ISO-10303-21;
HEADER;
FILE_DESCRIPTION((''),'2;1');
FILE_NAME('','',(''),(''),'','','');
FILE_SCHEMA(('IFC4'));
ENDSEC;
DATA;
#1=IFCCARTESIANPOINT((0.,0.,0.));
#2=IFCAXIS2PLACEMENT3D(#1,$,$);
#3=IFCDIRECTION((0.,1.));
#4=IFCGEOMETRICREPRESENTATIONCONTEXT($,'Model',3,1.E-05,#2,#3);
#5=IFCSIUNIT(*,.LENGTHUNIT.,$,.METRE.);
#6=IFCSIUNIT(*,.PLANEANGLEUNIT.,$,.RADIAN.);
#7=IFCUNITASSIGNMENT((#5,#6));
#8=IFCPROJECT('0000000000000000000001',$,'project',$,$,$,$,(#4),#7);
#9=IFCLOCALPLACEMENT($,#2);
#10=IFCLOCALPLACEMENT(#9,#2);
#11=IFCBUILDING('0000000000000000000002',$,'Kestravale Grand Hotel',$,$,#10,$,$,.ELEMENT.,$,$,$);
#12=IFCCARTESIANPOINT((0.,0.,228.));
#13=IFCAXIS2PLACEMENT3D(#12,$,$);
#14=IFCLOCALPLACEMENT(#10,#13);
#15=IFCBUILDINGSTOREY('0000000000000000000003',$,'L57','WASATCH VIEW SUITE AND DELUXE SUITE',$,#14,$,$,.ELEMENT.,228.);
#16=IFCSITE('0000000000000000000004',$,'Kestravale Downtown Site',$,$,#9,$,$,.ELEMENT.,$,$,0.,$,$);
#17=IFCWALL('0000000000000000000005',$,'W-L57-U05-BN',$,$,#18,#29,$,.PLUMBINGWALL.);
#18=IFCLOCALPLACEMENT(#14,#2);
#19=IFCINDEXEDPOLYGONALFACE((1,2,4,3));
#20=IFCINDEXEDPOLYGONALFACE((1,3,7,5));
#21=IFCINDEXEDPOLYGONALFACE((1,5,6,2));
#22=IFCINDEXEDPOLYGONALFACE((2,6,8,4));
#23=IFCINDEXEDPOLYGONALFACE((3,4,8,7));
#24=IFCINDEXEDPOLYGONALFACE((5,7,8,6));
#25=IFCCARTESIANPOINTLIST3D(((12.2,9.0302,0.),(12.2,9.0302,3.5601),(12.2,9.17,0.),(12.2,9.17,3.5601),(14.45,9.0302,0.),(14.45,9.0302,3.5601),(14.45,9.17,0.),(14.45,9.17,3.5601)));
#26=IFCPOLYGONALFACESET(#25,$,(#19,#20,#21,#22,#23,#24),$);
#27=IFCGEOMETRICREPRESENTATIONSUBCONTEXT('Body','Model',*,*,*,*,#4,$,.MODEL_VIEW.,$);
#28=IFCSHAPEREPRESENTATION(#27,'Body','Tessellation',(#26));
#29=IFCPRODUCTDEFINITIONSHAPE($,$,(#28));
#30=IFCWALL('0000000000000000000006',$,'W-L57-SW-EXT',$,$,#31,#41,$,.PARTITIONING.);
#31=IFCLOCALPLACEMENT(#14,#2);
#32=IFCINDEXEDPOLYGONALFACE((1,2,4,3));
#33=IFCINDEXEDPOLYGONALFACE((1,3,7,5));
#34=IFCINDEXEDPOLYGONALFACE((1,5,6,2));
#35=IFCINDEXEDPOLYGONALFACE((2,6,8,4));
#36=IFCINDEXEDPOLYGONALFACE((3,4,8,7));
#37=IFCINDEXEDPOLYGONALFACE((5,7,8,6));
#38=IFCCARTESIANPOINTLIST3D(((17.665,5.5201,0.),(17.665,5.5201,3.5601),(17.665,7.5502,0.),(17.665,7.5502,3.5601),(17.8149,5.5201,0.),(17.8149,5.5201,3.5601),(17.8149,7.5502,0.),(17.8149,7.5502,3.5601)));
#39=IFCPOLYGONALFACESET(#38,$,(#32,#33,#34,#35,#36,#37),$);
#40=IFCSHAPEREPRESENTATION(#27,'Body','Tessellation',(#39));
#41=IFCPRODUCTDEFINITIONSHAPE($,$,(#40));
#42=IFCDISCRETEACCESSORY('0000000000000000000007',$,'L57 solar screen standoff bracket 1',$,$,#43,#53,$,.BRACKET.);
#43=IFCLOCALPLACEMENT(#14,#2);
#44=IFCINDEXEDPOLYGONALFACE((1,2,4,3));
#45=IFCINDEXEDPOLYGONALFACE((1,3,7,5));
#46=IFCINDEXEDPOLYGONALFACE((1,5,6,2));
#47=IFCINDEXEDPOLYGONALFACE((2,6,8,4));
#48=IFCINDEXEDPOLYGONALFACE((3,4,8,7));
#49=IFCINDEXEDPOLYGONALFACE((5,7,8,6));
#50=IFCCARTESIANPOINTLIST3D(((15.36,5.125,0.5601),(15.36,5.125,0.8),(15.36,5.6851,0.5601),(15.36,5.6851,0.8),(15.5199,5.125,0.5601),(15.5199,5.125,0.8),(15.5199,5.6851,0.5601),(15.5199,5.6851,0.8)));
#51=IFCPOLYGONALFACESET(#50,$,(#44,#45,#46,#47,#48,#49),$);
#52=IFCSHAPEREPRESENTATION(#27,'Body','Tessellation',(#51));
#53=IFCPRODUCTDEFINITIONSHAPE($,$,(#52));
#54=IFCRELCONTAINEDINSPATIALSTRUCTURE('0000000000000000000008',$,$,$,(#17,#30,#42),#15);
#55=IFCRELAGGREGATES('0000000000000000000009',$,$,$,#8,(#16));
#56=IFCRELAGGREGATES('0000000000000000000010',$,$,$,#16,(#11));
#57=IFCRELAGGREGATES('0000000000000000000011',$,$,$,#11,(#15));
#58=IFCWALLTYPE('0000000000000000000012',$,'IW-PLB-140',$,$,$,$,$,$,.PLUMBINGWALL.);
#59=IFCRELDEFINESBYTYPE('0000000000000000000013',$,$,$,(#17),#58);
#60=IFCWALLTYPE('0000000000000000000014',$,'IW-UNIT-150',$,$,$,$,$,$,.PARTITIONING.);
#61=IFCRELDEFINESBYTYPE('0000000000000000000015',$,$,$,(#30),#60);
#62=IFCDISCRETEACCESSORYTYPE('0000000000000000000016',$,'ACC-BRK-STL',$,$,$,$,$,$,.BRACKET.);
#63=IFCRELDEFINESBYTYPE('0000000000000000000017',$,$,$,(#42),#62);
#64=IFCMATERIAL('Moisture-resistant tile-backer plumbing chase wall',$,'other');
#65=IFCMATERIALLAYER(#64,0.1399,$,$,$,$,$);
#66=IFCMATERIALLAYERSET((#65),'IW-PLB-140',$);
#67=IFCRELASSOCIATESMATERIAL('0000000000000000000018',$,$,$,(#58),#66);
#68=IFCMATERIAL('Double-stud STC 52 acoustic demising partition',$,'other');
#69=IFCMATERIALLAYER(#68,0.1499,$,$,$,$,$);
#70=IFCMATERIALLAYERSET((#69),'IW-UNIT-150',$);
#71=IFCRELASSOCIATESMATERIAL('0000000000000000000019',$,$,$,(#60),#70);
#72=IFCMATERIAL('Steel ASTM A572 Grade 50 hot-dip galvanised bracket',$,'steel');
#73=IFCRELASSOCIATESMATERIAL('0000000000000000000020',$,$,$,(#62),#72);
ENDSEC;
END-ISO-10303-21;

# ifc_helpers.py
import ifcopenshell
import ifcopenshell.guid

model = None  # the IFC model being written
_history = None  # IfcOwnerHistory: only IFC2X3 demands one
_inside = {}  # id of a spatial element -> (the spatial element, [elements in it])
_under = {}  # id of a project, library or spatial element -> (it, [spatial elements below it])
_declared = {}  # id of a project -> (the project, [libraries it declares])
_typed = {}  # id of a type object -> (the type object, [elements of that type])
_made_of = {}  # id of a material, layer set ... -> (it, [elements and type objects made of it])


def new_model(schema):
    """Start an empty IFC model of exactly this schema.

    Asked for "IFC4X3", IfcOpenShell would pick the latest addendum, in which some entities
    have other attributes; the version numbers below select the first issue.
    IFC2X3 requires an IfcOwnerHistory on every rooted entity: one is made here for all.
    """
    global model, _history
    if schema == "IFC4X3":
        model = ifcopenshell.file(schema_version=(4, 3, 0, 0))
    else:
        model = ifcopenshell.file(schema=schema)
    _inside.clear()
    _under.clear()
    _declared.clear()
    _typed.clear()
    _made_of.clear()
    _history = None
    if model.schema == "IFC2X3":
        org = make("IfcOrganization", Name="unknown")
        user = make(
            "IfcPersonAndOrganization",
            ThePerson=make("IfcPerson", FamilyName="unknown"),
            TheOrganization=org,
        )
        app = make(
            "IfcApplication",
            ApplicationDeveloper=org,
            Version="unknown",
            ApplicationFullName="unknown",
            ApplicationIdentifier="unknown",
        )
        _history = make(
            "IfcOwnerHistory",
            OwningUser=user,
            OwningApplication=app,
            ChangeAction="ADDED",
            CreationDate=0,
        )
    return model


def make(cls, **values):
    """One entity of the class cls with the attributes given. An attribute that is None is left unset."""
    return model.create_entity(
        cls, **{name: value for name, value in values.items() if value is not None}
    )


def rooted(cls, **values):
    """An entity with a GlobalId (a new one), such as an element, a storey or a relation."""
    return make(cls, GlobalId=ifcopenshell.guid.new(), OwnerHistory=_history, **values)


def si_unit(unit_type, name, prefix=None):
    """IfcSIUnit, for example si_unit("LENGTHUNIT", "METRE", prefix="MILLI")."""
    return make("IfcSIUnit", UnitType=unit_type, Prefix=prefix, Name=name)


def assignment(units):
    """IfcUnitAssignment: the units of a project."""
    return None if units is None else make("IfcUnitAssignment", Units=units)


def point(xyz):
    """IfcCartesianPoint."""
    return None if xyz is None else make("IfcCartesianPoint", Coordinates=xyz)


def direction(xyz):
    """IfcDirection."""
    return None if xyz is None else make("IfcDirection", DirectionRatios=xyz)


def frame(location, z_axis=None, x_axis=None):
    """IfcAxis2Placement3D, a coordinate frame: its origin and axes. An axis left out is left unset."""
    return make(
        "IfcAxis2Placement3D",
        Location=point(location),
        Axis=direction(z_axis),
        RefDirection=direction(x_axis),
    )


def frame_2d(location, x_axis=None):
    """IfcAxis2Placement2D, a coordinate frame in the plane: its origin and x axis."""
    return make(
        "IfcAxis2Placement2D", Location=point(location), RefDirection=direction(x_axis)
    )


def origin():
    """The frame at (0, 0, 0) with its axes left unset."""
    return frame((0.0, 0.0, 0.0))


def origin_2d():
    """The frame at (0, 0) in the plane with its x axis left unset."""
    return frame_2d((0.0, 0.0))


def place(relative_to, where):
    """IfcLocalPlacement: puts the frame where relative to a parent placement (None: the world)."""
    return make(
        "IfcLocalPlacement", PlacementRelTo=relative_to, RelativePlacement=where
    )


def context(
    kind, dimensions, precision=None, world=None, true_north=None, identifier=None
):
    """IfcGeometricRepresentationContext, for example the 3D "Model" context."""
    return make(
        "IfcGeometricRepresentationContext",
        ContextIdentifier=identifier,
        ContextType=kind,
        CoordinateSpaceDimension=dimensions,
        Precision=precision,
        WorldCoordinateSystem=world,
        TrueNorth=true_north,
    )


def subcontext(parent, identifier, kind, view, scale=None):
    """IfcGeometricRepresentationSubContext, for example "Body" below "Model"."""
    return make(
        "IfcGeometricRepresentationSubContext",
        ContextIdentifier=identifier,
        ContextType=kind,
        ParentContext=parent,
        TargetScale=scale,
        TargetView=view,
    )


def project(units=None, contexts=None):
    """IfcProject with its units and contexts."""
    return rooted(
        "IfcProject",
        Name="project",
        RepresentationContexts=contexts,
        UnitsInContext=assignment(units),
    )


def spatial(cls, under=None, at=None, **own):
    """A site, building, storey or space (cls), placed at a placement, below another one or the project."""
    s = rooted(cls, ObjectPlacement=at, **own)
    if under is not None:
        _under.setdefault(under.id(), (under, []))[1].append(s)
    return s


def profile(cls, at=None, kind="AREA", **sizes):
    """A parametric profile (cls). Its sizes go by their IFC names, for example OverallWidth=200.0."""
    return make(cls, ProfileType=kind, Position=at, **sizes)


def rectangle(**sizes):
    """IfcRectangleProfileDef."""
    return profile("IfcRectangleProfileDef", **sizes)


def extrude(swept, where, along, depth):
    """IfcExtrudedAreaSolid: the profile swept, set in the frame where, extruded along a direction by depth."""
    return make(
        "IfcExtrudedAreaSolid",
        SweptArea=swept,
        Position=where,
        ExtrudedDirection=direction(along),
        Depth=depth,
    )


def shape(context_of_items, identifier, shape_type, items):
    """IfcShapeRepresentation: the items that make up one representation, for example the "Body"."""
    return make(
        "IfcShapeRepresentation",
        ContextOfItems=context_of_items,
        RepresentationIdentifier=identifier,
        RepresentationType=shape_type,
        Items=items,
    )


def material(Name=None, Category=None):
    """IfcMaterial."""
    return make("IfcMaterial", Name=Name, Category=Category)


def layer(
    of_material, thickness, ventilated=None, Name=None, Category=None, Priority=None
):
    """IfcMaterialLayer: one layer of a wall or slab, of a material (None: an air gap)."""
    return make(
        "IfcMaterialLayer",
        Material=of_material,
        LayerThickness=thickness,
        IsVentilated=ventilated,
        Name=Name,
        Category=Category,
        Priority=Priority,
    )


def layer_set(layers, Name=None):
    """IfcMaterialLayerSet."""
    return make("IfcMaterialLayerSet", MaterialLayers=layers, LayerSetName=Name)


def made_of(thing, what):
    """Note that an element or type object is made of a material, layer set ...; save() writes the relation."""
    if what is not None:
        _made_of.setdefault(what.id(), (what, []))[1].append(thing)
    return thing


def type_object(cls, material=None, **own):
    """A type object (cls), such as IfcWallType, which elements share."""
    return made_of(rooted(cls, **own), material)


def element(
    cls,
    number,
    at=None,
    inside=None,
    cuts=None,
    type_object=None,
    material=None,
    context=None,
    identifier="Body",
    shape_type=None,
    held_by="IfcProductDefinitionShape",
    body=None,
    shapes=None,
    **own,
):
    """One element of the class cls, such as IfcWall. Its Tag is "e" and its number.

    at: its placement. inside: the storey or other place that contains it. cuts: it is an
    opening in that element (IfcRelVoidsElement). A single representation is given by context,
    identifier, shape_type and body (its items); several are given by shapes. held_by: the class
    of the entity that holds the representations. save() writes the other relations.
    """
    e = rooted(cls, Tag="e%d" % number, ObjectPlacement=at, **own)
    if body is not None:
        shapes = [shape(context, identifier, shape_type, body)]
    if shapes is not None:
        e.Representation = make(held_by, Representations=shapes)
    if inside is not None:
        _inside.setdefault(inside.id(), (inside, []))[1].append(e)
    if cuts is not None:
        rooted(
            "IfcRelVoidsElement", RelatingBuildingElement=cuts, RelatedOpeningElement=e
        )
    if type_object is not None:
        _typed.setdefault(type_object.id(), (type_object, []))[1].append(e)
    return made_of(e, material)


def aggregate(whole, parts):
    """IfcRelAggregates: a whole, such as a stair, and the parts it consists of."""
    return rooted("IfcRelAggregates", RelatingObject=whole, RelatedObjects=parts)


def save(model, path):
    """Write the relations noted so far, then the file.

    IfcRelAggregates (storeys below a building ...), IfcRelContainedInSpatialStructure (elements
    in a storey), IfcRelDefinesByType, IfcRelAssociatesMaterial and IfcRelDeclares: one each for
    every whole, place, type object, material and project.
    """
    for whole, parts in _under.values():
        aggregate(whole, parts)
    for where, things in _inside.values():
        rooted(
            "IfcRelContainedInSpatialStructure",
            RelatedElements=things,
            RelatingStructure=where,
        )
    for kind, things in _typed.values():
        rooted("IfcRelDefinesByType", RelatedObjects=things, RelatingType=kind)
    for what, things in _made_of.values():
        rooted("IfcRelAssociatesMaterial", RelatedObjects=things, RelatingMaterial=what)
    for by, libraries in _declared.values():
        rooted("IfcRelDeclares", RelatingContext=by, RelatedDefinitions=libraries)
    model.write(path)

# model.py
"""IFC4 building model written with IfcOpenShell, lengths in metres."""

from ifc_helpers import new_model, si_unit, direction, frame, frame_2d, origin, origin_2d, place, context, subcontext, project, spatial, rectangle, extrude, material, layer, layer_set, type_object, element, save


model = new_model("IFC4")

# Units and contexts
model_context = context("Model", 3, precision=1e-05, world=origin(), true_north=direction((0.0, 1.0)))
body_context = subcontext(model_context, "Body", "Model", "MODEL_VIEW")
ifc_project = project(units=[si_unit("LENGTHUNIT", "METRE"), si_unit("PLANEANGLEUNIT", "RADIAN")], contexts=[model_context])

# Site, building, storey
site_placement = place(None, origin())
site = spatial("IfcSite", under=ifc_project, at=site_placement, Name="Kestravale Downtown Site", CompositionType="ELEMENT", RefElevation=0.0)
building_placement = place(site_placement, origin())
building = spatial("IfcBuilding", under=site, at=building_placement, Name="Kestravale Grand Hotel", CompositionType="ELEMENT")
storey_placement = place(building_placement, frame((0.0, 0.0, 228.0)))
storey = spatial("IfcBuildingStorey", under=building, at=storey_placement, Name="L57", Description="WASATCH VIEW SUITE AND DELUXE SUITE", CompositionType="ELEMENT", Elevation=228.0)

# Shared definitions
ifc_material_1 = material(Name="Moisture-resistant tile-backer plumbing chase wall", Category="other")
ifc_layer_1 = layer(ifc_material_1, 0.1399)
ifc_layer_set_1 = layer_set([ifc_layer_1], Name="IW-PLB-140")
wall_type_1 = type_object("IfcWallType", Name="IW-PLB-140", PredefinedType="PLUMBINGWALL", material=ifc_layer_set_1)

# Walls
for number, where, z_axis, x_axis, name in (
    (1, (12.2, 9.1001, 0.0), (0.0, 0.0, 1.0), (1.0, 0.0, 0.0), "W-L57-U05-BN"),
):
    element("IfcWall", number, at=place(storey_placement, frame(where, z_axis=z_axis, x_axis=x_axis)), inside=storey, type_object=wall_type_1, Name=name, PredefinedType="PLUMBINGWALL", context=body_context, shape_type="SweptSolid", body=[
        extrude(rectangle(XDim=2.25, YDim=0.1399, at=frame_2d((1.125, 0.0))), origin(), (0.0, 0.0, 1.0), 3.5601),
    ])
ifc_material_2 = material(Name="Double-stud STC 52 acoustic demising partition", Category="other")
ifc_layer_2 = layer(ifc_material_2, 0.1499)
ifc_layer_set_2 = layer_set([ifc_layer_2], Name="IW-UNIT-150")
wall_type_2 = type_object("IfcWallType", Name="IW-UNIT-150", PredefinedType="PARTITIONING", material=ifc_layer_set_2)
wall_1_placement = place(storey_placement, frame((17.74, 5.52, 0.0), z_axis=(0.0, 0.0, 1.0), x_axis=(0.0, 1.0, 0.0)))
element("IfcWall", 2, at=wall_1_placement, inside=storey, type_object=wall_type_2, Name="W-L57-SW-EXT", PredefinedType="PARTITIONING", context=body_context, shape_type="SweptSolid", body=[
    extrude(rectangle(XDim=2.03, YDim=0.1499, at=frame_2d((1.0151, 0.0))), origin(), (0.0, 0.0, 1.0), 3.5601),
])

# Discrete accessory
ifc_material_3 = material(Name="Steel ASTM A572 Grade 50 hot-dip galvanised bracket", Category="steel")
discrete_accessory_type = type_object("IfcDiscreteAccessoryType", Name="ACC-BRK-STL", PredefinedType="BRACKET", material=ifc_material_3)
discrete_accessory_placement = place(storey_placement, frame((15.4399, 5.405, 0.5601), z_axis=(0.0, 0.0, 1.0), x_axis=(1.0, 0.0, 0.0)))
element("IfcDiscreteAccessory", 3, at=discrete_accessory_placement, inside=storey, type_object=discrete_accessory_type, Name="L57 solar screen standoff bracket 1", PredefinedType="BRACKET", context=body_context, shape_type="SweptSolid", body=[
    extrude(rectangle(XDim=0.1599, YDim=0.5601, at=origin_2d()), origin(), (0.0, 0.0, 1.0), 0.24),
])

save(model, "model.ifc")
